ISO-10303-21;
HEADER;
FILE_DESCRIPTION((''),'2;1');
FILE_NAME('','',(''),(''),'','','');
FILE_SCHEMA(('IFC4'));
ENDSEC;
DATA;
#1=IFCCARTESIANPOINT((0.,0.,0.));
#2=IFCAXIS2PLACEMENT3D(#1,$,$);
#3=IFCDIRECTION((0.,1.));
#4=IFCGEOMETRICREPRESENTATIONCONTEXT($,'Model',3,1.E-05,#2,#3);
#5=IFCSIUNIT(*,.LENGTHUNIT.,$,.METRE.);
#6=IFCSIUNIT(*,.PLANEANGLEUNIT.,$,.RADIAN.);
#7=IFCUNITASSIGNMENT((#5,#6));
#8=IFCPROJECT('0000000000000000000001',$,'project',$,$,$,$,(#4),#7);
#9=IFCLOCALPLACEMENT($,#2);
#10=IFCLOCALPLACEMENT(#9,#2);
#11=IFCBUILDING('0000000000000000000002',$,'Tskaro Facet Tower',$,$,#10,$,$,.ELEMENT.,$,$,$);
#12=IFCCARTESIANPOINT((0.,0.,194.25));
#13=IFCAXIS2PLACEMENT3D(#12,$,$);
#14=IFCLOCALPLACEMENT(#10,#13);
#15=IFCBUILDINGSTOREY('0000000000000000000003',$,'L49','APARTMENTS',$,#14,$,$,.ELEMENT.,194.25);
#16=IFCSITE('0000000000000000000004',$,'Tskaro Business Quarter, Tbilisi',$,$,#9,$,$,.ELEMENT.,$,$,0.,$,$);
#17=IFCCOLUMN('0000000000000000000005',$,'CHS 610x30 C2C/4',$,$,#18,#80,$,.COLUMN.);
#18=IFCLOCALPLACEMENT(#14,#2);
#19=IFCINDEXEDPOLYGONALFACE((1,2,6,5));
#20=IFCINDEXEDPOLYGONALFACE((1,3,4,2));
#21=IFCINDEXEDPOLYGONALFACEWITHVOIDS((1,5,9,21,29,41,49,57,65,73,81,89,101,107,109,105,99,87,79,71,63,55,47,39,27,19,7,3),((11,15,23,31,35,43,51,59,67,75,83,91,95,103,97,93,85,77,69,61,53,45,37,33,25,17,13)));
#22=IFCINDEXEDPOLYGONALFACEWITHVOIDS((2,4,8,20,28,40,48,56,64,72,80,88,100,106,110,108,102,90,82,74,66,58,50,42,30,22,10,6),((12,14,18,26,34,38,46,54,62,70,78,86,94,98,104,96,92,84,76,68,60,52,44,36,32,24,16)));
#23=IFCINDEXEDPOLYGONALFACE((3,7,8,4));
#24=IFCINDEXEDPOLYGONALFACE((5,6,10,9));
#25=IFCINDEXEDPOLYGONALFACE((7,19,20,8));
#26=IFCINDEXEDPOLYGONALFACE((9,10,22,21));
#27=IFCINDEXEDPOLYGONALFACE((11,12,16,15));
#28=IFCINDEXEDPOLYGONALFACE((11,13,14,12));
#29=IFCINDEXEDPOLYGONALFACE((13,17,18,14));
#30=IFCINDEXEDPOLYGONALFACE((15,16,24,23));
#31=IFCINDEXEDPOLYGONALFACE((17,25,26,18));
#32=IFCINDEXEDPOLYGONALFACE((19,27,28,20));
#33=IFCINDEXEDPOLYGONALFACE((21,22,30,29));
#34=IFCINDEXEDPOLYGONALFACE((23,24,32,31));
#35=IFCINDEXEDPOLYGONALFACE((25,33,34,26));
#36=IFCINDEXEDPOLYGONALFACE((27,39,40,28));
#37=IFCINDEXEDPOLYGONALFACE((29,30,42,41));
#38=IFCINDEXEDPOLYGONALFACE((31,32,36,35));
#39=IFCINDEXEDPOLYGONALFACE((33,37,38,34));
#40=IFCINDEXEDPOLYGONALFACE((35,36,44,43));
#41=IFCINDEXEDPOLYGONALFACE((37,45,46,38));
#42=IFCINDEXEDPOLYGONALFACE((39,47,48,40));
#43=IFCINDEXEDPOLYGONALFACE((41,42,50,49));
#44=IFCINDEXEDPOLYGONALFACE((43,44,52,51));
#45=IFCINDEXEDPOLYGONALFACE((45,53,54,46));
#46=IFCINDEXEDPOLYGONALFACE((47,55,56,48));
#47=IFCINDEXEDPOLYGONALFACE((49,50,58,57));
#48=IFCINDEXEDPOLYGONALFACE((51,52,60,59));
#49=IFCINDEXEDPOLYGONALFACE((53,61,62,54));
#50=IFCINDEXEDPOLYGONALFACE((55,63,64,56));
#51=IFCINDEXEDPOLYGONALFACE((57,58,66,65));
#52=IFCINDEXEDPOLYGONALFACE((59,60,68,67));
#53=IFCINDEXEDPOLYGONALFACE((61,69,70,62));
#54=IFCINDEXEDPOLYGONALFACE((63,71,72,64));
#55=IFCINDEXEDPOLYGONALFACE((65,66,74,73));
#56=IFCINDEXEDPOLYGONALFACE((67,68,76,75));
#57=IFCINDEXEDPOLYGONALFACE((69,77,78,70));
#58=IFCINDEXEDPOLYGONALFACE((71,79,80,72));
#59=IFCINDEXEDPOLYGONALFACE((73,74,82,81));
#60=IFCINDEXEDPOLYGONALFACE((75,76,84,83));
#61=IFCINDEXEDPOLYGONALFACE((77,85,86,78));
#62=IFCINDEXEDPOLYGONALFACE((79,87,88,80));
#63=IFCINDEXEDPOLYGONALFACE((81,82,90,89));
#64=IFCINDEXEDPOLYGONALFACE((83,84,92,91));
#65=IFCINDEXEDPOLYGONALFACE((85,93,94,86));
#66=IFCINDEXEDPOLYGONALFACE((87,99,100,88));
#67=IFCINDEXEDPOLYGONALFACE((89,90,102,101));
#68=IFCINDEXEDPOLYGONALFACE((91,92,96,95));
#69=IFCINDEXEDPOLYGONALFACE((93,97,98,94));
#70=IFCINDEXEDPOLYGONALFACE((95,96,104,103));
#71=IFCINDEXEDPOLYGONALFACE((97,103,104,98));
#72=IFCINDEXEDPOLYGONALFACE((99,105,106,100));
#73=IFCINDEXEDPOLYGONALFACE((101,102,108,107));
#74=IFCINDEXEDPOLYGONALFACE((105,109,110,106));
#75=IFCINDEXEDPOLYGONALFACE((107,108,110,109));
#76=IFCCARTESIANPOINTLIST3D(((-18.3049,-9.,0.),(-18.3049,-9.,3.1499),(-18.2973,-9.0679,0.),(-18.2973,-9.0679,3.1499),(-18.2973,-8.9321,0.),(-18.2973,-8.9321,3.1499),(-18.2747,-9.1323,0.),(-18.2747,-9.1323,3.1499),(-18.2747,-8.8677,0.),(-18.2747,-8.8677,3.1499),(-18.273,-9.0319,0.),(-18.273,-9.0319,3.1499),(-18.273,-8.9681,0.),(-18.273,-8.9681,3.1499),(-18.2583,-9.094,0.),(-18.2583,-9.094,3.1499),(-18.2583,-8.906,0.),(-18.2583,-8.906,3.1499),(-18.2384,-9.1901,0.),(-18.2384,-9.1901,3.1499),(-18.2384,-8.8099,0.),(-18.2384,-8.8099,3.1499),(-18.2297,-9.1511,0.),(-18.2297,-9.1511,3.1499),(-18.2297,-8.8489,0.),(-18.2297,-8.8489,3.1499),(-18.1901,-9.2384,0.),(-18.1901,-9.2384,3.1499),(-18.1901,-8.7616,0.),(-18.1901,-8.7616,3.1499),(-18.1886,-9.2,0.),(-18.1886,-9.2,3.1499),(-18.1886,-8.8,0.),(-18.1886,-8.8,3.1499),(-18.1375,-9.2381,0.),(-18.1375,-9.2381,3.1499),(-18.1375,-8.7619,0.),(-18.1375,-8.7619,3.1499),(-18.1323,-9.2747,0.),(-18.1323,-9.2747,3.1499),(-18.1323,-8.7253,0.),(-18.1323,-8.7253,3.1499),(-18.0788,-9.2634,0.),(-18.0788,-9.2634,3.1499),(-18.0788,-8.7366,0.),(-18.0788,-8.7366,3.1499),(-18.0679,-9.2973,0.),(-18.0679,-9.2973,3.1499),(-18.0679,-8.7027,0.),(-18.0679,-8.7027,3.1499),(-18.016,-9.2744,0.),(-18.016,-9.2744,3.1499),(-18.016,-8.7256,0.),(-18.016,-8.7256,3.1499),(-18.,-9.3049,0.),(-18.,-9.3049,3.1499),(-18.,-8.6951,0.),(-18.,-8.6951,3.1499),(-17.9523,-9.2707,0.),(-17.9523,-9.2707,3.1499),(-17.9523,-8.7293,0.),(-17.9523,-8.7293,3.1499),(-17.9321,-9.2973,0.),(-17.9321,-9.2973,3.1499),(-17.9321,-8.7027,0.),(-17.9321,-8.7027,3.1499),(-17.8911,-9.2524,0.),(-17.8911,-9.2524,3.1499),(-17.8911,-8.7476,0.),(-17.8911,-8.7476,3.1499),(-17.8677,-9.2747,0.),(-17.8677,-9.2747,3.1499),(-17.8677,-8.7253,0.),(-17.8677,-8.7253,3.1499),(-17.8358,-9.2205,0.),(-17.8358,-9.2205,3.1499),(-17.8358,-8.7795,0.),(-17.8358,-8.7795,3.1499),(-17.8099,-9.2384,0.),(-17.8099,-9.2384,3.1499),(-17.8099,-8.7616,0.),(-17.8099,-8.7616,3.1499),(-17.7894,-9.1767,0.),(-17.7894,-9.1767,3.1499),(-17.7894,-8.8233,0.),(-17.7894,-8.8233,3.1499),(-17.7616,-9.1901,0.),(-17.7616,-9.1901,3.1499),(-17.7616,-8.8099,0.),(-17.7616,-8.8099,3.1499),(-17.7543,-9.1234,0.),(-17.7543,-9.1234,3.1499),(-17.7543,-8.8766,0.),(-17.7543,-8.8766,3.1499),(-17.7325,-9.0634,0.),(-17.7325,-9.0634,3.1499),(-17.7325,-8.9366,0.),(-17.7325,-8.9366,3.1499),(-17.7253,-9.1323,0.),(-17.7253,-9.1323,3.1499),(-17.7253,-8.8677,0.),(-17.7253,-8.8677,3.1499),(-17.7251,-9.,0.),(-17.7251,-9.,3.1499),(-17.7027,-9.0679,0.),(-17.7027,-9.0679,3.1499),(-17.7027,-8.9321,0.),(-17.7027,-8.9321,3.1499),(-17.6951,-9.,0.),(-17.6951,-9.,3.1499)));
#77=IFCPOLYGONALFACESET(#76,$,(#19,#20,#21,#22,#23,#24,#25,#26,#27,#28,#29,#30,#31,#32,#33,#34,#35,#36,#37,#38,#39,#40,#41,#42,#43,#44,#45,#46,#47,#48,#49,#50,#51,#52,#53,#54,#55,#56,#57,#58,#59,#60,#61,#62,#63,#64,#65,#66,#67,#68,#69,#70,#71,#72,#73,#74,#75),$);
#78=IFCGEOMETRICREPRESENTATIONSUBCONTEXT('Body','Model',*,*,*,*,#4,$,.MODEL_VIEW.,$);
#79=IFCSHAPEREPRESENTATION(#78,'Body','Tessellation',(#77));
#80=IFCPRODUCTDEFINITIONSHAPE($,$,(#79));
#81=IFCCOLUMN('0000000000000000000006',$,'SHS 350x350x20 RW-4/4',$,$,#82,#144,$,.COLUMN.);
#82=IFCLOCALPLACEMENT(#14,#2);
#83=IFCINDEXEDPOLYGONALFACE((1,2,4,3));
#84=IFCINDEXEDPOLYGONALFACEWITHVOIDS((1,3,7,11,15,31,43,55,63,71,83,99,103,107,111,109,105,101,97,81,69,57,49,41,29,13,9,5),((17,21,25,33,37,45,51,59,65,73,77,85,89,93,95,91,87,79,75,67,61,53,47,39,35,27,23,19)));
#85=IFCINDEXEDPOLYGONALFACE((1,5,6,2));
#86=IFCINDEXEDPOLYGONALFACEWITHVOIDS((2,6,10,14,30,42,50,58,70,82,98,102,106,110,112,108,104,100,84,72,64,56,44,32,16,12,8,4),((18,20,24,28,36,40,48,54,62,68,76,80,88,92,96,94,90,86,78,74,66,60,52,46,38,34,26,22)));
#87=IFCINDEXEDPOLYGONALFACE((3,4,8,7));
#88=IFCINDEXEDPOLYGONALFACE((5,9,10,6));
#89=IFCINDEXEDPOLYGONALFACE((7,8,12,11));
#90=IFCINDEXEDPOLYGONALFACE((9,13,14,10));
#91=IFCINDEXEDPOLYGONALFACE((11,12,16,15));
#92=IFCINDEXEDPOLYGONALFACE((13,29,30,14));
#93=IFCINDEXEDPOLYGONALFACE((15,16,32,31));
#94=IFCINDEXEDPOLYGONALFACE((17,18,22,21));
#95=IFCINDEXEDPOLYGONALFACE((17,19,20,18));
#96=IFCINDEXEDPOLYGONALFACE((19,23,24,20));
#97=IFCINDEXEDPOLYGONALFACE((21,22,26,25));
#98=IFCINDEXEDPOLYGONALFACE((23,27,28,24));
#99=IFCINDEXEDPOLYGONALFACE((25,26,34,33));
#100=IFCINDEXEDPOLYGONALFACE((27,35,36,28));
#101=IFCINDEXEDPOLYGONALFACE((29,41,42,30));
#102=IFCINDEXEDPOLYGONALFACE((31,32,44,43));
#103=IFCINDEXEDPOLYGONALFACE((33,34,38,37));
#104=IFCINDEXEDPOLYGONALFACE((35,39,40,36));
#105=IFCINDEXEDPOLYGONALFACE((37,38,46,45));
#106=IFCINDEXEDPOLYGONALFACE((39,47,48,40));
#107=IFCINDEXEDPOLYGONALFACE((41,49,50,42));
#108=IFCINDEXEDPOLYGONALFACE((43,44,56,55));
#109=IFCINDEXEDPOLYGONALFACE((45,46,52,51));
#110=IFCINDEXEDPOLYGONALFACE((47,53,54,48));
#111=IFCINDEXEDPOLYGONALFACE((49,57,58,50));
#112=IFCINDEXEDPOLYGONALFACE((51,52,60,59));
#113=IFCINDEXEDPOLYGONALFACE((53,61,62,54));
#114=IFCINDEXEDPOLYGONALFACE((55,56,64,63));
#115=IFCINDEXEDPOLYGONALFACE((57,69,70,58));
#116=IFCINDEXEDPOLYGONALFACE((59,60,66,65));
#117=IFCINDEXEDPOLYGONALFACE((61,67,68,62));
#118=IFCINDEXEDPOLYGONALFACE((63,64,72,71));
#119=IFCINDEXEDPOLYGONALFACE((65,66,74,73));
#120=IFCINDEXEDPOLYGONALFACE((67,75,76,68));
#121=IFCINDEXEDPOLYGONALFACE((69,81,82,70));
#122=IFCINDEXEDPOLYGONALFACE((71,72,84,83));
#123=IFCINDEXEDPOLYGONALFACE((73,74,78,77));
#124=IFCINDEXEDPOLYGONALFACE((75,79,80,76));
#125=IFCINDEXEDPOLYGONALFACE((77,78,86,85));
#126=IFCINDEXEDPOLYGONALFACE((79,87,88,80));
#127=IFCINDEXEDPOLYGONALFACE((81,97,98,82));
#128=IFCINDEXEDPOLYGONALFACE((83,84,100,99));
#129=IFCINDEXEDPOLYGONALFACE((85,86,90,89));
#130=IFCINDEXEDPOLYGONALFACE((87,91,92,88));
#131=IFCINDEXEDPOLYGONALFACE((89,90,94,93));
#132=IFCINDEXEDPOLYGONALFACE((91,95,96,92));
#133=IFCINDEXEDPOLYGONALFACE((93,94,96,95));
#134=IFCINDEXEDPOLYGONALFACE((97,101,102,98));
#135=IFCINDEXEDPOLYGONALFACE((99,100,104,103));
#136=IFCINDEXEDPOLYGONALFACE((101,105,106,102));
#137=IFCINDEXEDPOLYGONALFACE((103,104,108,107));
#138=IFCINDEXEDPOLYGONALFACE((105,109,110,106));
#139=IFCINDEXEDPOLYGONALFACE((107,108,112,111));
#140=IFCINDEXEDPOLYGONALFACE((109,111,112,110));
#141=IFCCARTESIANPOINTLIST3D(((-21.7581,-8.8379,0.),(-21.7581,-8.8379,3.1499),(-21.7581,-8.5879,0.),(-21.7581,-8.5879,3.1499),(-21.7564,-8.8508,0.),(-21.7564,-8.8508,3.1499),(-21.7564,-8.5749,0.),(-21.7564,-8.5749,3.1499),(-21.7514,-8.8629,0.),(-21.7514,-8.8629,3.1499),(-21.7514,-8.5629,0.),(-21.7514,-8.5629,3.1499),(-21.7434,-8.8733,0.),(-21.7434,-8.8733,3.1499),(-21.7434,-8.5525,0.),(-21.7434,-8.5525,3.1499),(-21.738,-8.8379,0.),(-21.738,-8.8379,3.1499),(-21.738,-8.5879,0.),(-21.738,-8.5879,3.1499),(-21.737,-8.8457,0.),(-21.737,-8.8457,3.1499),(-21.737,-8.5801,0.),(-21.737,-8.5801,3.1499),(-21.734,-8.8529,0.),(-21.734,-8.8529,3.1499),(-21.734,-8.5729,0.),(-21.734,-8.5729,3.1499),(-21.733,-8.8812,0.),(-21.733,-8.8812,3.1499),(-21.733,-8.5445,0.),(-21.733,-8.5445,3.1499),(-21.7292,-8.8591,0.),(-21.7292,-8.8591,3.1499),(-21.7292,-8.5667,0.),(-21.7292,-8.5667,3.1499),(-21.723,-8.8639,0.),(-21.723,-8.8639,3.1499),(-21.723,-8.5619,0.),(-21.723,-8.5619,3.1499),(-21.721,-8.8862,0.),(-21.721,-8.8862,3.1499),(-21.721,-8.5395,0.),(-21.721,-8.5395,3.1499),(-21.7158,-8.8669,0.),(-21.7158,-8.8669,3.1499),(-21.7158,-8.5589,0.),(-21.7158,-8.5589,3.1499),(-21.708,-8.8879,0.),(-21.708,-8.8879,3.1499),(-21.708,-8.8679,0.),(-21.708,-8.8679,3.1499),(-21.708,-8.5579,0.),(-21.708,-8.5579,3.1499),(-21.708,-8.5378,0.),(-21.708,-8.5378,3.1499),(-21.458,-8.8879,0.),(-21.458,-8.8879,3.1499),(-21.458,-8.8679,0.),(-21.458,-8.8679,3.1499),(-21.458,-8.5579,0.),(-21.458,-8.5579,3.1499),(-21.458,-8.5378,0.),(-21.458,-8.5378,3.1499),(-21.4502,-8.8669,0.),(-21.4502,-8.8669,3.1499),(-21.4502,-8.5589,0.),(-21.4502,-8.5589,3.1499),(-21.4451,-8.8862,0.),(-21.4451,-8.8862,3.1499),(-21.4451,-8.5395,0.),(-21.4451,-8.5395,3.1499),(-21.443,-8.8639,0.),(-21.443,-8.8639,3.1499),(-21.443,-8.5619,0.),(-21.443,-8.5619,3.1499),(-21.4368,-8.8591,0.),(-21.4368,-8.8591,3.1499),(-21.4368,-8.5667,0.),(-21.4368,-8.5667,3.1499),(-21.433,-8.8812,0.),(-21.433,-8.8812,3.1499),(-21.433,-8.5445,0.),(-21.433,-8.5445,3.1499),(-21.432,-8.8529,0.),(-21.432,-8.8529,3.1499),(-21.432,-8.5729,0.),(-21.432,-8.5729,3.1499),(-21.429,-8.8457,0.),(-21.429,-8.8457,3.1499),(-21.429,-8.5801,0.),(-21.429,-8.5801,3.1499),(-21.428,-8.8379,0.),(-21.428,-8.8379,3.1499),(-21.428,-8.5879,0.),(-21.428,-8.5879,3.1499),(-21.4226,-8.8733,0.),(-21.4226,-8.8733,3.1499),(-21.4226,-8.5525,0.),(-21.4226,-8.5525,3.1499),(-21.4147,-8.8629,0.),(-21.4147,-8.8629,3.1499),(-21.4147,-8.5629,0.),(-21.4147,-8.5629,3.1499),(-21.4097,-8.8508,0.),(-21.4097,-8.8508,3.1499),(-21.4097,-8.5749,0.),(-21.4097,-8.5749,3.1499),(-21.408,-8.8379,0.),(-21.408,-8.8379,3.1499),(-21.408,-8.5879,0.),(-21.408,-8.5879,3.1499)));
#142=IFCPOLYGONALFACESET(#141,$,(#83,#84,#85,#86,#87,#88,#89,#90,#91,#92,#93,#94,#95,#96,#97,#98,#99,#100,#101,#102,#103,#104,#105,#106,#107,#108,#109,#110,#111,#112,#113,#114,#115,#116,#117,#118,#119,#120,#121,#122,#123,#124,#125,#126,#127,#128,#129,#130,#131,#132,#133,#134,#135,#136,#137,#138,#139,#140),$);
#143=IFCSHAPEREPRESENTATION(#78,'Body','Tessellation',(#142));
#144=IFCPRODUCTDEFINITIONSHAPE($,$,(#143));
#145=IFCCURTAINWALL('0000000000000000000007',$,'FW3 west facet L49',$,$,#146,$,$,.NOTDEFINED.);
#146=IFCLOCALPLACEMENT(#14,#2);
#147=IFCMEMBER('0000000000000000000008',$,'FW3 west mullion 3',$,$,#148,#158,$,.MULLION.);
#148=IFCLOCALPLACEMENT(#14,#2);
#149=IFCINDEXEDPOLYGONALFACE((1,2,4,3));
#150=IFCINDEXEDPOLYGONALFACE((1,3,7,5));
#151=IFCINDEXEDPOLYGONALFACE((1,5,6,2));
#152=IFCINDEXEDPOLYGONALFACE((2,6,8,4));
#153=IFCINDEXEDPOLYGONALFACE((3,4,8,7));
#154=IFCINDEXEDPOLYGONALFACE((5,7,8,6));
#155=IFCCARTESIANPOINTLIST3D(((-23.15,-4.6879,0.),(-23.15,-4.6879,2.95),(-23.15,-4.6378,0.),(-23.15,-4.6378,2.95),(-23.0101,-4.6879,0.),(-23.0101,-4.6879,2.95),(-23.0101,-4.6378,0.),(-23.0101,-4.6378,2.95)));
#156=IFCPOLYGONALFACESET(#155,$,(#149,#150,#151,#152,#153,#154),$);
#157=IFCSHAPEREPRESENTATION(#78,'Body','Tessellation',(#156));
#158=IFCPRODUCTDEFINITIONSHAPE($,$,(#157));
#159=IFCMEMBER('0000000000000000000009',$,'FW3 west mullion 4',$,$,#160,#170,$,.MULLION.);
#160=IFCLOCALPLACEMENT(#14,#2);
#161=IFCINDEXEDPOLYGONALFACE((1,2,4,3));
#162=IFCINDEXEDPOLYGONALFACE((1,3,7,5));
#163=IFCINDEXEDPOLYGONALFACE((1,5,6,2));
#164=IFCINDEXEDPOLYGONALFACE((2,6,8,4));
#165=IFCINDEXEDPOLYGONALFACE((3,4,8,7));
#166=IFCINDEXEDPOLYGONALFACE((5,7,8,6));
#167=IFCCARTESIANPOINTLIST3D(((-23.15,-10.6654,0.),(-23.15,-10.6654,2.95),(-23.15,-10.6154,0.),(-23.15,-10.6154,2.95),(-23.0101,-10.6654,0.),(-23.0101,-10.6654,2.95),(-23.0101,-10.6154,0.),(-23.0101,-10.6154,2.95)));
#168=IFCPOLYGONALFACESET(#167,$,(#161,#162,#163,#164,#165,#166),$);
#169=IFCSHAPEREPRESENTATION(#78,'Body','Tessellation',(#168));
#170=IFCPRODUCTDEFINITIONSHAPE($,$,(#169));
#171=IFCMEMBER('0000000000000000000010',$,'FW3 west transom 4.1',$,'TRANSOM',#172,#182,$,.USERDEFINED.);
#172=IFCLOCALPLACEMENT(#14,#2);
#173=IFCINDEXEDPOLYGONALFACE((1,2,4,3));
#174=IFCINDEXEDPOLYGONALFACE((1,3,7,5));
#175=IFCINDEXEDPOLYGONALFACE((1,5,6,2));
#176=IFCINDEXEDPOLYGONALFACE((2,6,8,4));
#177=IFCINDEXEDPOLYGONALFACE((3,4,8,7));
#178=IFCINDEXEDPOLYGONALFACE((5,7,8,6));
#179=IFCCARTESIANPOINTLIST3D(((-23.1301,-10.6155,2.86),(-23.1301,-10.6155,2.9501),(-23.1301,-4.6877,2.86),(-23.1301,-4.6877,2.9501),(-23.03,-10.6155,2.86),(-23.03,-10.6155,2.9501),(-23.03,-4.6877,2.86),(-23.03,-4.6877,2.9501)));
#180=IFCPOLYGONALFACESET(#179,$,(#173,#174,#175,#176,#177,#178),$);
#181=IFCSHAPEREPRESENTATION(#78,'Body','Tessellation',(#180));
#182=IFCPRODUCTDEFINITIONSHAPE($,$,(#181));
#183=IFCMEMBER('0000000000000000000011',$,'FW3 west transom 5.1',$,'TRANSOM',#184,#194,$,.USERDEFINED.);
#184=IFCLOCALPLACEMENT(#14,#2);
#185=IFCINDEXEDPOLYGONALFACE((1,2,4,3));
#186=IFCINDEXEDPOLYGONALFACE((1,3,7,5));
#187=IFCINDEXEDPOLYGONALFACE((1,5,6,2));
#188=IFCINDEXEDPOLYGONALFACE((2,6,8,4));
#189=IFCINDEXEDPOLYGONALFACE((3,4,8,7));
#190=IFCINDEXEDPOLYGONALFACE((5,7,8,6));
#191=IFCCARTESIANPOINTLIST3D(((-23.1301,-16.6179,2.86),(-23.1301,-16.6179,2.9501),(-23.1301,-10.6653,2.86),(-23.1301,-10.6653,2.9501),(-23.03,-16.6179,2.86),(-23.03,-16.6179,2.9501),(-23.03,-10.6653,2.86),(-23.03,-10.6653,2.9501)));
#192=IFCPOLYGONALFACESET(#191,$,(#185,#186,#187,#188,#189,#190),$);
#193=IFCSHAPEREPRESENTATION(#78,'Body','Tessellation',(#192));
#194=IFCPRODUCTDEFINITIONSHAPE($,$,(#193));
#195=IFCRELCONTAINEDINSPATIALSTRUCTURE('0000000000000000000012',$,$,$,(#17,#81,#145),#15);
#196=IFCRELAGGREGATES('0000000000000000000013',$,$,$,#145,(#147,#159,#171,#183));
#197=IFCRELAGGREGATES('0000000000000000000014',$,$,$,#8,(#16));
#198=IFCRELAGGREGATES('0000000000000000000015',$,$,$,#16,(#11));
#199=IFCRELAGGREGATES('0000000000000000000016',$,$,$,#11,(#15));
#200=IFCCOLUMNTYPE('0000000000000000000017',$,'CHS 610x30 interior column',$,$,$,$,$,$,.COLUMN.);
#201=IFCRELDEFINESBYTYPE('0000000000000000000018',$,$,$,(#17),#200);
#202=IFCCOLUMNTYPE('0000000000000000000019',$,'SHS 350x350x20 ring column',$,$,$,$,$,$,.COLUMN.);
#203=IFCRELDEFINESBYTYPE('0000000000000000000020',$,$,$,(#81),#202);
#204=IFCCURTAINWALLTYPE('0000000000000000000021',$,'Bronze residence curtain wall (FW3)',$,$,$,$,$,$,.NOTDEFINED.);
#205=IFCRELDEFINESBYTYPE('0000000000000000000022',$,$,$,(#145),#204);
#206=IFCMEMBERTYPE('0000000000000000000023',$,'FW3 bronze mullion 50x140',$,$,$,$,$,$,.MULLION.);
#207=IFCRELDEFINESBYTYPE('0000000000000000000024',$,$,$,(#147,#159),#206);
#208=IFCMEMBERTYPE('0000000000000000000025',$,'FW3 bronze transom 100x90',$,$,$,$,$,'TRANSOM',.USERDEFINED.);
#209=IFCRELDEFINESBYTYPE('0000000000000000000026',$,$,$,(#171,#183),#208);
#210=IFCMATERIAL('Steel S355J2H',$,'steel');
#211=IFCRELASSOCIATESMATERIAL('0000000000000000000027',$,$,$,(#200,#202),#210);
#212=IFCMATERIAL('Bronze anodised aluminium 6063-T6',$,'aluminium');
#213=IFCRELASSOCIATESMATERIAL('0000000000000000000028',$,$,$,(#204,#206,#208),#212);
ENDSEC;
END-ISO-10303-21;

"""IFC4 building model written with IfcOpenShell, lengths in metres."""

from ifc_helpers import new_model, si_unit, direction, frame, origin, origin_2d, place, context, subcontext, project, spatial, rectangle, hollow_rectangle, hollow_circle, extrude, material, material_profile, profile_set, type_object, element, aggregate, save


model = new_model("IFC4")

# Units and contexts
model_context = context("Model", 3, precision=1e-05, world=origin(), true_north=direction((0.0, 1.0)))
body_context = subcontext(model_context, "Body", "Model", "MODEL_VIEW")
ifc_project = project(units=[si_unit("LENGTHUNIT", "METRE"), si_unit("PLANEANGLEUNIT", "RADIAN")], contexts=[model_context])

# Site, building, storey
site_placement = place(None, origin())
site = spatial("IfcSite", under=ifc_project, at=site_placement, Name="Tskaro Business Quarter, Tbilisi", CompositionType="ELEMENT", RefElevation=0.0)
building_placement = place(site_placement, origin())
building = spatial("IfcBuilding", under=site, at=building_placement, Name="Tskaro Facet Tower", CompositionType="ELEMENT")
storey_placement = place(building_placement, frame((0.0, 0.0, 194.25)))
storey = spatial("IfcBuildingStorey", under=building, at=storey_placement, Name="L49", Description="APARTMENTS", CompositionType="ELEMENT", Elevation=194.25)

# Columns
ifc_material_1 = material(Name="Steel S355J2H", Category="steel")
ifc_material_profile_1 = material_profile(ifc_material_1, hollow_circle(Radius=0.3049, WallThickness=0.03, at=origin_2d()), Name="CHS 610x30")
ifc_profile_set_1 = profile_set([ifc_material_profile_1], Name="Steel S355J2H")
column_type_1 = type_object("IfcColumnType", Name="CHS 610x30 interior column", PredefinedType="COLUMN", material=ifc_profile_set_1)
column_1_placement = place(storey_placement, frame((-18.0, -9.0, 0.0), z_axis=(0.0, 0.0, 1.0), x_axis=(1.0, 0.0, 0.0)))
element("IfcColumn", 1, at=column_1_placement, inside=storey, type_object=column_type_1, Name="CHS 610x30 C2C/4", PredefinedType="COLUMN", context=body_context, shape_type="SweptSolid", body=[
    extrude(hollow_circle(Radius=0.3049, WallThickness=0.03, at=origin_2d()), origin(), (0.0, 0.0, 1.0), 3.1499),
])
ifc_material_profile_2 = material_profile(ifc_material_1, hollow_rectangle(XDim=0.3501, YDim=0.3501, WallThickness=0.02, InnerFilletRadius=0.03, OuterFilletRadius=0.05, at=origin_2d()), Name="SHS 350x350x20")
ifc_profile_set_2 = profile_set([ifc_material_profile_2], Name="Steel S355J2H")
column_type_2 = type_object("IfcColumnType", Name="SHS 350x350x20 ring column", PredefinedType="COLUMN", material=ifc_profile_set_2)
column_2_placement = place(storey_placement, frame((-21.583, -8.7129, 0.0), z_axis=(0.0, 0.0, 1.0), x_axis=(1.0, 0.0, 0.0)))
element("IfcColumn", 2, at=column_2_placement, inside=storey, type_object=column_type_2, Name="SHS 350x350x20 RW-4/4", PredefinedType="COLUMN", context=body_context, shape_type="SweptSolid", body=[
    extrude(hollow_rectangle(XDim=0.3501, YDim=0.3501, WallThickness=0.02, InnerFilletRadius=0.03, OuterFilletRadius=0.05, at=origin_2d()), origin(), (0.0, 0.0, 1.0), 3.1499),
])

# Curtain wall, members
ifc_material_2 = material(Name="Bronze anodised aluminium 6063-T6", Category="aluminium")
curtain_wall_type = type_object("IfcCurtainWallType", Name="Bronze residence curtain wall (FW3)", PredefinedType="NOTDEFINED", material=ifc_material_2)
curtain_wall_placement = place(storey_placement, origin())
curtain_wall = element("IfcCurtainWall", 3, at=curtain_wall_placement, inside=storey, type_object=curtain_wall_type, Name="FW3 west facet L49", PredefinedType="NOTDEFINED")
ifc_material_profile_3 = material_profile(ifc_material_2, rectangle(XDim=0.05, YDim=0.1399, at=origin_2d()), Name="Mullion 50x140")
ifc_profile_set_3 = profile_set([ifc_material_profile_3], Name="Bronze anodised aluminium 6063-T6")
member_type_1 = type_object("IfcMemberType", Name="FW3 bronze mullion 50x140", PredefinedType="MULLION", material=ifc_profile_set_3)
member_1_placement = place(storey_placement, frame((-23.0801, -4.6628, 0.0), z_axis=(0.0, 0.0, 1.0), x_axis=(0.0, -1.0, 0.0)))
member_1 = element("IfcMember", 4, at=member_1_placement, type_object=member_type_1, Name="FW3 west mullion 3", PredefinedType="MULLION", context=body_context, shape_type="SweptSolid", body=[
    extrude(rectangle(XDim=0.05, YDim=0.1399, at=origin_2d()), origin(), (0.0, 0.0, 1.0), 2.95),
])
member_2_placement = place(storey_placement, frame((-23.0801, -10.6404, 0.0), z_axis=(0.0, 0.0, 1.0), x_axis=(0.0, -1.0, 0.0)))
member_2 = element("IfcMember", 5, at=member_2_placement, type_object=member_type_1, Name="FW3 west mullion 4", PredefinedType="MULLION", context=body_context, shape_type="SweptSolid", body=[
    extrude(rectangle(XDim=0.05, YDim=0.1399, at=origin_2d()), origin(), (0.0, 0.0, 1.0), 2.95),
])
ifc_material_profile_4 = material_profile(ifc_material_2, rectangle(XDim=0.1001, YDim=0.0901, at=origin_2d()), Name="Transom 100x90")
ifc_profile_set_4 = profile_set([ifc_material_profile_4], Name="Bronze anodised aluminium 6063-T6")
member_type_2 = type_object("IfcMemberType", Name="FW3 bronze transom 100x90", ElementType="TRANSOM", PredefinedType="USERDEFINED", material=ifc_profile_set_4)
member_3_placement = place(storey_placement, frame((-23.0801, -4.6877, 2.905), z_axis=(0.0, -1.0, 0.0), x_axis=(1.0, 0.0, 0.0)))
member_3 = element("IfcMember", 6, at=member_3_placement, type_object=member_type_2, Name="FW3 west transom 4.1", ObjectType="TRANSOM", PredefinedType="USERDEFINED", context=body_context, shape_type="SweptSolid", body=[
    extrude(rectangle(XDim=0.1001, YDim=0.0901, at=origin_2d()), origin(), (0.0, 0.0, 1.0), 5.9277),
])
member_4_placement = place(storey_placement, frame((-23.0801, -10.6653, 2.905), z_axis=(0.0, -1.0, 0.0), x_axis=(1.0, 0.0, 0.0)))
member_4 = element("IfcMember", 7, at=member_4_placement, type_object=member_type_2, Name="FW3 west transom 5.1", ObjectType="TRANSOM", PredefinedType="USERDEFINED", context=body_context, shape_type="SweptSolid", body=[
    extrude(rectangle(XDim=0.1001, YDim=0.0901, at=origin_2d()), origin(), (0.0, 0.0, 1.0), 5.9526),
])

aggregate(curtain_wall, [member_1, member_2, member_3, member_4])

save(model, "model.ifc")
